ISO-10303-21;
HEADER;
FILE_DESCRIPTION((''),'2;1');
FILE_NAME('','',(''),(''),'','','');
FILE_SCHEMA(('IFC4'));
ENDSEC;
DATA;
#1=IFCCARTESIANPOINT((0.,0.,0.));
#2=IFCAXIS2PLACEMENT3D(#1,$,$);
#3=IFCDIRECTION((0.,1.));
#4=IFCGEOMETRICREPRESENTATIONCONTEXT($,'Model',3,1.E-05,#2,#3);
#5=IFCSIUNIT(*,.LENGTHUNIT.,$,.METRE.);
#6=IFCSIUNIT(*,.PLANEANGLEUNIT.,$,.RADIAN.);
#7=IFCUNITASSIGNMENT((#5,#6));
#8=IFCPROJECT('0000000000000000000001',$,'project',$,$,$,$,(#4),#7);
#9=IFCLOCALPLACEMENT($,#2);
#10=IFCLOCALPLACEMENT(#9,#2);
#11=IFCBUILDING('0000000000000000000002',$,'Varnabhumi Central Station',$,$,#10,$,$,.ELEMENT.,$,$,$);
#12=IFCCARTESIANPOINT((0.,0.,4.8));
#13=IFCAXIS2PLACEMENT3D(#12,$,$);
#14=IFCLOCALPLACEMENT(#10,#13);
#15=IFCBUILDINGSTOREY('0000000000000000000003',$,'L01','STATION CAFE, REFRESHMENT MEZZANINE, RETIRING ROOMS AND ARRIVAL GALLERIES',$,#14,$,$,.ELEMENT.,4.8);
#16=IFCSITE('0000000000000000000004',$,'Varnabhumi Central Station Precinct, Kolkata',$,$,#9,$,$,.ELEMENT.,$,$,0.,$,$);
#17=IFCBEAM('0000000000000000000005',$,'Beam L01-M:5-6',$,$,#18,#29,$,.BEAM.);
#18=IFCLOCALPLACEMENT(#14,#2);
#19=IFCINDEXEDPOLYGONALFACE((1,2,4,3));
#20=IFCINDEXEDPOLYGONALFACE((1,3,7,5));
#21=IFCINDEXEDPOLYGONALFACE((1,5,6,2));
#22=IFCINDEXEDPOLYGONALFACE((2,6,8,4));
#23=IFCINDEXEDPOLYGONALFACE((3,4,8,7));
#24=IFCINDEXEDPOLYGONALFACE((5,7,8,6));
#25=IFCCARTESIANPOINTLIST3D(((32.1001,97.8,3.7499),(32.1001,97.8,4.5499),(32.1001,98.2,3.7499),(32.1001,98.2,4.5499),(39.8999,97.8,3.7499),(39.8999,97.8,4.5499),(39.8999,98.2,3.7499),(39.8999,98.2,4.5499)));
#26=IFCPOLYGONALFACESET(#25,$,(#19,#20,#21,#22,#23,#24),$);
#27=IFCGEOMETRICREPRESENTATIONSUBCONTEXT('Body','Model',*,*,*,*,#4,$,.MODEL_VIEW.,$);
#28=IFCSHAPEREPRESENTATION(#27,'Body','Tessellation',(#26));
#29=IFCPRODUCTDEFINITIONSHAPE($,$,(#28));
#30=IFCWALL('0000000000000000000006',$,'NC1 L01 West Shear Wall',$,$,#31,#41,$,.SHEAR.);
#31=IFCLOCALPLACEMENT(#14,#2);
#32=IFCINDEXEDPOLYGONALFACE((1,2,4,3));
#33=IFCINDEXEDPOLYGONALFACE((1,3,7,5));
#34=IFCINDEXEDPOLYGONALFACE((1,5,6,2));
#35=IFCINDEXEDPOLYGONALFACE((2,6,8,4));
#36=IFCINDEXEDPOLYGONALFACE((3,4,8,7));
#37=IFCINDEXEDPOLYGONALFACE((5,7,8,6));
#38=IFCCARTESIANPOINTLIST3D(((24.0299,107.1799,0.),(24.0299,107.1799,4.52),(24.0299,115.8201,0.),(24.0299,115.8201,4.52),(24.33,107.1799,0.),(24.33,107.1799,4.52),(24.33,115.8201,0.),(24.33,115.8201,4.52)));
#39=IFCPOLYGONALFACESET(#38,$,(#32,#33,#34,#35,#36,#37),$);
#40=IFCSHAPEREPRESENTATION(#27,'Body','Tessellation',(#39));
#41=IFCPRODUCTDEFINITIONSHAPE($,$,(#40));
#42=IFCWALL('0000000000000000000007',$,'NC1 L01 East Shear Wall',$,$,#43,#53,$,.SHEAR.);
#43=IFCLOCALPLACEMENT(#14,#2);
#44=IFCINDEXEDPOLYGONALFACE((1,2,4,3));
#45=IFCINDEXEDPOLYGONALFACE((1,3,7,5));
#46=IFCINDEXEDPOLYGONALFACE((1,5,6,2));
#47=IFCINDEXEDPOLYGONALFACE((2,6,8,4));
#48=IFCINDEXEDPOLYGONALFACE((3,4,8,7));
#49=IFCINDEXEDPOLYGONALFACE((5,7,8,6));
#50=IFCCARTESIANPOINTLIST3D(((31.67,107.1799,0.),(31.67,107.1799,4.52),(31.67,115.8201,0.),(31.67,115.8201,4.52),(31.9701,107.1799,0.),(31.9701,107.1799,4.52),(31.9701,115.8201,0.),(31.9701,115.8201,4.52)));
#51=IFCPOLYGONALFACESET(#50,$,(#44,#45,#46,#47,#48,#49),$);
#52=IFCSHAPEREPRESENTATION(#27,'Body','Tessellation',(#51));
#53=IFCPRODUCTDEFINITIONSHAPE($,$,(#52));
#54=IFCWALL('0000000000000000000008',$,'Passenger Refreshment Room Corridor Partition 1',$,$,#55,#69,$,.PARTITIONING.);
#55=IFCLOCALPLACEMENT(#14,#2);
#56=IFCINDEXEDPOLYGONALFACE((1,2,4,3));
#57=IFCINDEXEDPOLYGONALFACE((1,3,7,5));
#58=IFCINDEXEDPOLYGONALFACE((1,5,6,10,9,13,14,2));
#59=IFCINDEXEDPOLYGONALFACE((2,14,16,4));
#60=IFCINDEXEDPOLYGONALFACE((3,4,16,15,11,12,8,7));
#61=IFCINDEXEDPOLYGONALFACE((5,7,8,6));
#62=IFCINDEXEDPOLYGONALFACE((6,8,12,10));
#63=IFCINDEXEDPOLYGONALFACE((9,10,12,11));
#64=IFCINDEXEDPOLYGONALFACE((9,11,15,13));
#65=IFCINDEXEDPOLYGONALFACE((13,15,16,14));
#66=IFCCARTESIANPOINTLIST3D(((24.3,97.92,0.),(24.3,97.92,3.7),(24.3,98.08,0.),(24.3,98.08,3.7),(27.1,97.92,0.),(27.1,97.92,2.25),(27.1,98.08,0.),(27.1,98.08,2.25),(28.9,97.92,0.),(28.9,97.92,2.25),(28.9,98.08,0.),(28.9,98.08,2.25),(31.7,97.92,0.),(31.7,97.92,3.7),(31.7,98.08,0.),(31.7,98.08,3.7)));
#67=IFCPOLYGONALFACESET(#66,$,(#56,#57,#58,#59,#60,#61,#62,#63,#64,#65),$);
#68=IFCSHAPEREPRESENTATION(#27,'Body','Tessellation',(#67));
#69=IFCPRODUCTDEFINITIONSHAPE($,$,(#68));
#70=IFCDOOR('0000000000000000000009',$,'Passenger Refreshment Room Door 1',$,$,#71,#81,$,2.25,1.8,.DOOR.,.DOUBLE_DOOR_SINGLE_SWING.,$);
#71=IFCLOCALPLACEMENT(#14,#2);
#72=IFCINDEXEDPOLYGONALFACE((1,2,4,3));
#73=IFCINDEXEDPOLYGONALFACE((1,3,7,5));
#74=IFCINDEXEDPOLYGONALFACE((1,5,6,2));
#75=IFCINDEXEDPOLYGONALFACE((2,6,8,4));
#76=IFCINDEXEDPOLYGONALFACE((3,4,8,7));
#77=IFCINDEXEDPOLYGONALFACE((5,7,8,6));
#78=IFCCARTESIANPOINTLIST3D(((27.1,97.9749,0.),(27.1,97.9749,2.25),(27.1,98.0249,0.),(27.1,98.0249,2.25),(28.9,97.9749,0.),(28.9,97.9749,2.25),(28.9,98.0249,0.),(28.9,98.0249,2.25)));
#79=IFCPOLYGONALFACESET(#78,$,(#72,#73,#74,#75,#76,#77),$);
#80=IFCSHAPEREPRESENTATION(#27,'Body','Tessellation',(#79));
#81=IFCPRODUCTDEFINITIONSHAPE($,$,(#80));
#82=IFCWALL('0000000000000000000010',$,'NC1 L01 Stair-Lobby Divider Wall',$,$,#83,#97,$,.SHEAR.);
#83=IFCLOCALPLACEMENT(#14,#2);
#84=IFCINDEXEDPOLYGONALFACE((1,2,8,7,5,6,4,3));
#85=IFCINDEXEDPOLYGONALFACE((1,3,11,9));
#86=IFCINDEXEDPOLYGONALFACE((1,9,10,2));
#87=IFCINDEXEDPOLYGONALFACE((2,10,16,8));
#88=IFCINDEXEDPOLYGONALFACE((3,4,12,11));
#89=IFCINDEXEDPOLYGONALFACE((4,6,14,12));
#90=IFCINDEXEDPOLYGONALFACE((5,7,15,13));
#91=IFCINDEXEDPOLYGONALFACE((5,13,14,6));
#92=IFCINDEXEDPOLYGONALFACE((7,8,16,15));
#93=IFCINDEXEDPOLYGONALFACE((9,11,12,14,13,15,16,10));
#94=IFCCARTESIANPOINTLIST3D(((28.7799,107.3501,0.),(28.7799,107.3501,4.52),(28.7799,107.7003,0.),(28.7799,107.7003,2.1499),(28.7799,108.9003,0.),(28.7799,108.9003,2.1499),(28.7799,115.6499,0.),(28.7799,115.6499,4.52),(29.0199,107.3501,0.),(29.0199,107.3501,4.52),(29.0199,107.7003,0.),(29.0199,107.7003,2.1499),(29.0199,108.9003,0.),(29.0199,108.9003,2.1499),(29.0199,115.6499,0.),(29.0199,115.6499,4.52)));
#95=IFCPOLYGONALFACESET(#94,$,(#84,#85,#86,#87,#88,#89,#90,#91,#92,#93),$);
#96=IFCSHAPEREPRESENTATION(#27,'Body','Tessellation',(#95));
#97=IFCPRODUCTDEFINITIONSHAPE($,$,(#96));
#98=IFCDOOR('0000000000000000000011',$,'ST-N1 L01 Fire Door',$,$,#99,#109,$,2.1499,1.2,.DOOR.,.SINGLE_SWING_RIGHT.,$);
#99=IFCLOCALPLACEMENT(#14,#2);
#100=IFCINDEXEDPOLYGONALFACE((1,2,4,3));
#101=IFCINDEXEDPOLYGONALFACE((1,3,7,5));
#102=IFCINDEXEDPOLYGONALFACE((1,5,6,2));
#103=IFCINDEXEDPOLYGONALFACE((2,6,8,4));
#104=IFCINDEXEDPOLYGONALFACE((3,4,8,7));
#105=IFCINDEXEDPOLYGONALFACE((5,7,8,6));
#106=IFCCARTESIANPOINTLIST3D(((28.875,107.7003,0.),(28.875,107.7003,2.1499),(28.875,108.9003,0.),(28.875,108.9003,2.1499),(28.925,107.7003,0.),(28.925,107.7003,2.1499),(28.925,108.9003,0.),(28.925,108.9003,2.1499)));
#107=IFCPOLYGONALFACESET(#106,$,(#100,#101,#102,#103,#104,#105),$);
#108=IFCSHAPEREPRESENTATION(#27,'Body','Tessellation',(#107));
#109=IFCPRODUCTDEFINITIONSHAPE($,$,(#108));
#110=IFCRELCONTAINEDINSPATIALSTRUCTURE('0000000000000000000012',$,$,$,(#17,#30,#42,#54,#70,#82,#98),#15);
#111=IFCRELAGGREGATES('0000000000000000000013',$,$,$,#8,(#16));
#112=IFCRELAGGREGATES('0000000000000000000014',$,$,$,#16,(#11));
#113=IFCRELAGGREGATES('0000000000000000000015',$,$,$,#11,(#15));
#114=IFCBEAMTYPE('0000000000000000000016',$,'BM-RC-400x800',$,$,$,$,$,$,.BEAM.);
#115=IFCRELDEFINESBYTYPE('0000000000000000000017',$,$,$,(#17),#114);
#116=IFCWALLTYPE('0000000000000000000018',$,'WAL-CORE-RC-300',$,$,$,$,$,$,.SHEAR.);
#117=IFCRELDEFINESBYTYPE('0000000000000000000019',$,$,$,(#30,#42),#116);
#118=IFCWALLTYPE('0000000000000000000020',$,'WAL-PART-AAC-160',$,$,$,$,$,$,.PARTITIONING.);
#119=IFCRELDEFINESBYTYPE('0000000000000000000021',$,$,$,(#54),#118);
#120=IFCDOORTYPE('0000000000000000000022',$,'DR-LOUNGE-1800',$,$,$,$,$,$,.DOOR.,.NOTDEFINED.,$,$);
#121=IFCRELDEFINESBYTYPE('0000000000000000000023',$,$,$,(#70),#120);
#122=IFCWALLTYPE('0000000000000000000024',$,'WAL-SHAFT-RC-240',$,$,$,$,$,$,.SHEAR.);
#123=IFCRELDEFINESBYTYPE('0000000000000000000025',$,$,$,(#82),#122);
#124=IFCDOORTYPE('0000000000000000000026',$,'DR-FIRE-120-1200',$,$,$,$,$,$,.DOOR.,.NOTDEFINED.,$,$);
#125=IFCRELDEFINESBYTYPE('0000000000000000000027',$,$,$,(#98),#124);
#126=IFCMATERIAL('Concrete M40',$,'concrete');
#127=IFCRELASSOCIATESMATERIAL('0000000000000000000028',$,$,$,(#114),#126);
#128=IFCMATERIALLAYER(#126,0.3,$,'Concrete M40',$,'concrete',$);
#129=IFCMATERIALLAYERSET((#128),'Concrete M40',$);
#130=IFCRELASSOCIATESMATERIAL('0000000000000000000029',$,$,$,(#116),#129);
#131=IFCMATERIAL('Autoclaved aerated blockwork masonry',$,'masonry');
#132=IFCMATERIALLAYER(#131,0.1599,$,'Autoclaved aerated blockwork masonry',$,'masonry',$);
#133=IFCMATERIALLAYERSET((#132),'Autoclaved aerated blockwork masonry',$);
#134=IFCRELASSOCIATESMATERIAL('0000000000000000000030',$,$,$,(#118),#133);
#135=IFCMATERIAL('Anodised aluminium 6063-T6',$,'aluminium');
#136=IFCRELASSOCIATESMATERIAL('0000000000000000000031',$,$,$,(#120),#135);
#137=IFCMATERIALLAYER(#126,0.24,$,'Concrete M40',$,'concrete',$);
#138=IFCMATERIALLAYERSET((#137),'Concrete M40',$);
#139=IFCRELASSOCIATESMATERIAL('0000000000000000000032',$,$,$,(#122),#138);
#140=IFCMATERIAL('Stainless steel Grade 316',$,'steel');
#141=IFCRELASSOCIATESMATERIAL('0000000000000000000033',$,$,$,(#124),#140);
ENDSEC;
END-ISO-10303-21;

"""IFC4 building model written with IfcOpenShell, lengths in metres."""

from ifc_helpers import new_model, si_unit, direction, frame, frame_2d, origin, origin_2d, place, context, subcontext, project, spatial, rectangle, extrude, material, layer, layer_set, material_profile, profile_set, type_object, element, fill, save


model = new_model("IFC4")

# Units and contexts
model_context = context("Model", 3, precision=1e-05, world=origin(), true_north=direction((0.0, 1.0)))
body_context = subcontext(model_context, "Body", "Model", "MODEL_VIEW")
ifc_project = project(units=[si_unit("LENGTHUNIT", "METRE"), si_unit("PLANEANGLEUNIT", "RADIAN")], contexts=[model_context])

# Site, building, storey
site_placement = place(None, origin())
site = spatial("IfcSite", under=ifc_project, at=site_placement, Name="Varnabhumi Central Station Precinct, Kolkata", CompositionType="ELEMENT", RefElevation=0.0)
building_placement = place(site_placement, origin())
building = spatial("IfcBuilding", under=site, at=building_placement, Name="Varnabhumi Central Station", CompositionType="ELEMENT")
storey_placement = place(building_placement, frame((0.0, 0.0, 4.8)))
storey = spatial("IfcBuildingStorey", under=building, at=storey_placement, Name="L01", Description="STATION CAFE, REFRESHMENT MEZZANINE, RETIRING ROOMS AND ARRIVAL GALLERIES", CompositionType="ELEMENT", Elevation=4.8)

# Shared definitions
ifc_material_1 = material(Name="Concrete M40", Category="concrete")

# Beam
ifc_material_profile_1 = material_profile(ifc_material_1, rectangle(XDim=0.3999, YDim=0.8, at=origin_2d()), Name="Concrete M40", Category="concrete")
ifc_profile_set_1 = profile_set([ifc_material_profile_1], Name="Concrete M40")
beam_type_1 = type_object("IfcBeamType", Name="BM-RC-400x800", PredefinedType="BEAM", material=ifc_profile_set_1)
beam_1_placement = place(storey_placement, frame((32.1001, 98.0, 4.1499), z_axis=(1.0, 0.0, 0.0), x_axis=(0.0, 1.0, 0.0)))
element("IfcBeam", 1, at=beam_1_placement, inside=storey, type_object=beam_type_1, Name="Beam L01-M:5-6", PredefinedType="BEAM", context=body_context, shape_type="SweptSolid", body=[
    extrude(rectangle(XDim=0.3999, YDim=0.8, at=origin_2d()), origin(), (0.0, 0.0, 1.0), 7.7998),
])

# Walls
ifc_layer_1 = layer(ifc_material_1, 0.3, Name="Concrete M40", Category="concrete")
ifc_layer_set_1 = layer_set([ifc_layer_1], Name="Concrete M40")
wall_type_1 = type_object("IfcWallType", Name="WAL-CORE-RC-300", PredefinedType="SHEAR", material=ifc_layer_set_1)
for number, where, z_axis, x_axis, name in (
    (2, (24.1799, 107.1799, 0.0), (0.0, 0.0, 1.0), (0.0, 1.0, 0.0), "NC1 L01 West Shear Wall"),
    (3, (31.8201, 107.1799, 0.0), (0.0, 0.0, 1.0), (0.0, 1.0, 0.0), "NC1 L01 East Shear Wall"),
):
    element("IfcWall", number, at=place(storey_placement, frame(where, z_axis=z_axis, x_axis=x_axis)), inside=storey, type_object=wall_type_1, Name=name, PredefinedType="SHEAR", context=body_context, shape_type="SweptSolid", body=[
        extrude(rectangle(XDim=8.6401, YDim=0.3, at=frame_2d((4.3201, 0.0))), origin(), (0.0, 0.0, 1.0), 4.52),
    ])

# Walls, openings, doors
ifc_material_2 = material(Name="Autoclaved aerated blockwork masonry", Category="masonry")
ifc_layer_2 = layer(ifc_material_2, 0.1599, Name="Autoclaved aerated blockwork masonry", Category="masonry")
ifc_layer_set_2 = layer_set([ifc_layer_2], Name="Autoclaved aerated blockwork masonry")
wall_type_2 = type_object("IfcWallType", Name="WAL-PART-AAC-160", PredefinedType="PARTITIONING", material=ifc_layer_set_2)
wall_1_placement = place(storey_placement, frame((24.3, 98.0, 0.0), z_axis=(0.0, 0.0, 1.0), x_axis=(1.0, 0.0, 0.0)))
wall_1 = element("IfcWall", 4, at=wall_1_placement, inside=storey, type_object=wall_type_2, Name="Passenger Refreshment Room Corridor Partition 1", PredefinedType="PARTITIONING", context=body_context, shape_type="SweptSolid", body=[
    extrude(rectangle(XDim=7.3999, YDim=0.1599, at=frame_2d((3.7, 0.0))), origin(), (0.0, 0.0, 1.0), 3.7),
])
opening_1_placement = place(wall_1_placement, frame((2.8, 0.0, 0.0)))
opening_1 = element("IfcOpeningElement", 5, at=opening_1_placement, cuts=wall_1, PredefinedType="OPENING", context=body_context, shape_type="SweptSolid", body=[
    extrude(rectangle(XDim=1.8, YDim=2.25, at=frame_2d((0.8999, 1.125))), frame((0.0, 0.0898, 0.0), z_axis=(0.0, -1.0, 0.0), x_axis=(1.0, 0.0, 0.0)), (0.0, 0.0, 1.0), 0.1799),
])
ifc_material_3 = material(Name="Anodised aluminium 6063-T6", Category="aluminium")
door_type_1 = type_object("IfcDoorType", Name="DR-LOUNGE-1800", OperationType="NOTDEFINED", PredefinedType="DOOR", material=ifc_material_3)
door_1_placement = place(opening_1_placement, origin())
door_1 = element("IfcDoor", 6, at=door_1_placement, inside=storey, type_object=door_type_1, Name="Passenger Refreshment Room Door 1", OperationType="DOUBLE_DOOR_SINGLE_SWING", OverallHeight=2.25, OverallWidth=1.8, PredefinedType="DOOR", context=body_context, shape_type="SweptSolid", body=[
    extrude(rectangle(XDim=1.8, YDim=2.25, at=frame_2d((0.8999, 1.125))), frame((0.0, 0.0249, 0.0), z_axis=(0.0, -1.0, 0.0), x_axis=(1.0, 0.0, 0.0)), (0.0, 0.0, 1.0), 0.05),
])
fill(opening_1, door_1)
ifc_layer_3 = layer(ifc_material_1, 0.24, Name="Concrete M40", Category="concrete")
ifc_layer_set_3 = layer_set([ifc_layer_3], Name="Concrete M40")
wall_type_3 = type_object("IfcWallType", Name="WAL-SHAFT-RC-240", PredefinedType="SHEAR", material=ifc_layer_set_3)
wall_2_placement = place(storey_placement, frame((28.8999, 107.3501, 0.0), z_axis=(0.0, 0.0, 1.0), x_axis=(0.0, 1.0, 0.0)))
wall_2 = element("IfcWall", 7, at=wall_2_placement, inside=storey, type_object=wall_type_3, Name="NC1 L01 Stair-Lobby Divider Wall", PredefinedType="SHEAR", context=body_context, shape_type="SweptSolid", body=[
    extrude(rectangle(XDim=8.2998, YDim=0.24, at=frame_2d((4.1499, 0.0))), origin(), (0.0, 0.0, 1.0), 4.52),
])
opening_2_placement = place(wall_2_placement, frame((0.3501, 0.0, 0.0)))
opening_2 = element("IfcOpeningElement", 8, at=opening_2_placement, cuts=wall_2, PredefinedType="OPENING", context=body_context, shape_type="SweptSolid", body=[
    extrude(rectangle(XDim=1.2, YDim=2.1499, at=frame_2d((0.6001, 1.075))), frame((0.0, 0.1299, 0.0), z_axis=(0.0, -1.0, 0.0), x_axis=(1.0, 0.0, 0.0)), (0.0, 0.0, 1.0), 0.26),
])
ifc_material_4 = material(Name="Stainless steel Grade 316", Category="steel")
door_type_2 = type_object("IfcDoorType", Name="DR-FIRE-120-1200", OperationType="NOTDEFINED", PredefinedType="DOOR", material=ifc_material_4)
door_2_placement = place(opening_2_placement, origin())
door_2 = element("IfcDoor", 9, at=door_2_placement, inside=storey, type_object=door_type_2, Name="ST-N1 L01 Fire Door", OperationType="SINGLE_SWING_RIGHT", OverallHeight=2.1499, OverallWidth=1.2, PredefinedType="DOOR", context=body_context, shape_type="SweptSolid", body=[
    extrude(rectangle(XDim=1.2, YDim=2.1499, at=frame_2d((0.6001, 1.075))), frame((0.0, 0.0249, 0.0), z_axis=(0.0, -1.0, 0.0), x_axis=(1.0, 0.0, 0.0)), (0.0, 0.0, 1.0), 0.05),
])
fill(opening_2, door_2)

save(model, "model.ifc")
